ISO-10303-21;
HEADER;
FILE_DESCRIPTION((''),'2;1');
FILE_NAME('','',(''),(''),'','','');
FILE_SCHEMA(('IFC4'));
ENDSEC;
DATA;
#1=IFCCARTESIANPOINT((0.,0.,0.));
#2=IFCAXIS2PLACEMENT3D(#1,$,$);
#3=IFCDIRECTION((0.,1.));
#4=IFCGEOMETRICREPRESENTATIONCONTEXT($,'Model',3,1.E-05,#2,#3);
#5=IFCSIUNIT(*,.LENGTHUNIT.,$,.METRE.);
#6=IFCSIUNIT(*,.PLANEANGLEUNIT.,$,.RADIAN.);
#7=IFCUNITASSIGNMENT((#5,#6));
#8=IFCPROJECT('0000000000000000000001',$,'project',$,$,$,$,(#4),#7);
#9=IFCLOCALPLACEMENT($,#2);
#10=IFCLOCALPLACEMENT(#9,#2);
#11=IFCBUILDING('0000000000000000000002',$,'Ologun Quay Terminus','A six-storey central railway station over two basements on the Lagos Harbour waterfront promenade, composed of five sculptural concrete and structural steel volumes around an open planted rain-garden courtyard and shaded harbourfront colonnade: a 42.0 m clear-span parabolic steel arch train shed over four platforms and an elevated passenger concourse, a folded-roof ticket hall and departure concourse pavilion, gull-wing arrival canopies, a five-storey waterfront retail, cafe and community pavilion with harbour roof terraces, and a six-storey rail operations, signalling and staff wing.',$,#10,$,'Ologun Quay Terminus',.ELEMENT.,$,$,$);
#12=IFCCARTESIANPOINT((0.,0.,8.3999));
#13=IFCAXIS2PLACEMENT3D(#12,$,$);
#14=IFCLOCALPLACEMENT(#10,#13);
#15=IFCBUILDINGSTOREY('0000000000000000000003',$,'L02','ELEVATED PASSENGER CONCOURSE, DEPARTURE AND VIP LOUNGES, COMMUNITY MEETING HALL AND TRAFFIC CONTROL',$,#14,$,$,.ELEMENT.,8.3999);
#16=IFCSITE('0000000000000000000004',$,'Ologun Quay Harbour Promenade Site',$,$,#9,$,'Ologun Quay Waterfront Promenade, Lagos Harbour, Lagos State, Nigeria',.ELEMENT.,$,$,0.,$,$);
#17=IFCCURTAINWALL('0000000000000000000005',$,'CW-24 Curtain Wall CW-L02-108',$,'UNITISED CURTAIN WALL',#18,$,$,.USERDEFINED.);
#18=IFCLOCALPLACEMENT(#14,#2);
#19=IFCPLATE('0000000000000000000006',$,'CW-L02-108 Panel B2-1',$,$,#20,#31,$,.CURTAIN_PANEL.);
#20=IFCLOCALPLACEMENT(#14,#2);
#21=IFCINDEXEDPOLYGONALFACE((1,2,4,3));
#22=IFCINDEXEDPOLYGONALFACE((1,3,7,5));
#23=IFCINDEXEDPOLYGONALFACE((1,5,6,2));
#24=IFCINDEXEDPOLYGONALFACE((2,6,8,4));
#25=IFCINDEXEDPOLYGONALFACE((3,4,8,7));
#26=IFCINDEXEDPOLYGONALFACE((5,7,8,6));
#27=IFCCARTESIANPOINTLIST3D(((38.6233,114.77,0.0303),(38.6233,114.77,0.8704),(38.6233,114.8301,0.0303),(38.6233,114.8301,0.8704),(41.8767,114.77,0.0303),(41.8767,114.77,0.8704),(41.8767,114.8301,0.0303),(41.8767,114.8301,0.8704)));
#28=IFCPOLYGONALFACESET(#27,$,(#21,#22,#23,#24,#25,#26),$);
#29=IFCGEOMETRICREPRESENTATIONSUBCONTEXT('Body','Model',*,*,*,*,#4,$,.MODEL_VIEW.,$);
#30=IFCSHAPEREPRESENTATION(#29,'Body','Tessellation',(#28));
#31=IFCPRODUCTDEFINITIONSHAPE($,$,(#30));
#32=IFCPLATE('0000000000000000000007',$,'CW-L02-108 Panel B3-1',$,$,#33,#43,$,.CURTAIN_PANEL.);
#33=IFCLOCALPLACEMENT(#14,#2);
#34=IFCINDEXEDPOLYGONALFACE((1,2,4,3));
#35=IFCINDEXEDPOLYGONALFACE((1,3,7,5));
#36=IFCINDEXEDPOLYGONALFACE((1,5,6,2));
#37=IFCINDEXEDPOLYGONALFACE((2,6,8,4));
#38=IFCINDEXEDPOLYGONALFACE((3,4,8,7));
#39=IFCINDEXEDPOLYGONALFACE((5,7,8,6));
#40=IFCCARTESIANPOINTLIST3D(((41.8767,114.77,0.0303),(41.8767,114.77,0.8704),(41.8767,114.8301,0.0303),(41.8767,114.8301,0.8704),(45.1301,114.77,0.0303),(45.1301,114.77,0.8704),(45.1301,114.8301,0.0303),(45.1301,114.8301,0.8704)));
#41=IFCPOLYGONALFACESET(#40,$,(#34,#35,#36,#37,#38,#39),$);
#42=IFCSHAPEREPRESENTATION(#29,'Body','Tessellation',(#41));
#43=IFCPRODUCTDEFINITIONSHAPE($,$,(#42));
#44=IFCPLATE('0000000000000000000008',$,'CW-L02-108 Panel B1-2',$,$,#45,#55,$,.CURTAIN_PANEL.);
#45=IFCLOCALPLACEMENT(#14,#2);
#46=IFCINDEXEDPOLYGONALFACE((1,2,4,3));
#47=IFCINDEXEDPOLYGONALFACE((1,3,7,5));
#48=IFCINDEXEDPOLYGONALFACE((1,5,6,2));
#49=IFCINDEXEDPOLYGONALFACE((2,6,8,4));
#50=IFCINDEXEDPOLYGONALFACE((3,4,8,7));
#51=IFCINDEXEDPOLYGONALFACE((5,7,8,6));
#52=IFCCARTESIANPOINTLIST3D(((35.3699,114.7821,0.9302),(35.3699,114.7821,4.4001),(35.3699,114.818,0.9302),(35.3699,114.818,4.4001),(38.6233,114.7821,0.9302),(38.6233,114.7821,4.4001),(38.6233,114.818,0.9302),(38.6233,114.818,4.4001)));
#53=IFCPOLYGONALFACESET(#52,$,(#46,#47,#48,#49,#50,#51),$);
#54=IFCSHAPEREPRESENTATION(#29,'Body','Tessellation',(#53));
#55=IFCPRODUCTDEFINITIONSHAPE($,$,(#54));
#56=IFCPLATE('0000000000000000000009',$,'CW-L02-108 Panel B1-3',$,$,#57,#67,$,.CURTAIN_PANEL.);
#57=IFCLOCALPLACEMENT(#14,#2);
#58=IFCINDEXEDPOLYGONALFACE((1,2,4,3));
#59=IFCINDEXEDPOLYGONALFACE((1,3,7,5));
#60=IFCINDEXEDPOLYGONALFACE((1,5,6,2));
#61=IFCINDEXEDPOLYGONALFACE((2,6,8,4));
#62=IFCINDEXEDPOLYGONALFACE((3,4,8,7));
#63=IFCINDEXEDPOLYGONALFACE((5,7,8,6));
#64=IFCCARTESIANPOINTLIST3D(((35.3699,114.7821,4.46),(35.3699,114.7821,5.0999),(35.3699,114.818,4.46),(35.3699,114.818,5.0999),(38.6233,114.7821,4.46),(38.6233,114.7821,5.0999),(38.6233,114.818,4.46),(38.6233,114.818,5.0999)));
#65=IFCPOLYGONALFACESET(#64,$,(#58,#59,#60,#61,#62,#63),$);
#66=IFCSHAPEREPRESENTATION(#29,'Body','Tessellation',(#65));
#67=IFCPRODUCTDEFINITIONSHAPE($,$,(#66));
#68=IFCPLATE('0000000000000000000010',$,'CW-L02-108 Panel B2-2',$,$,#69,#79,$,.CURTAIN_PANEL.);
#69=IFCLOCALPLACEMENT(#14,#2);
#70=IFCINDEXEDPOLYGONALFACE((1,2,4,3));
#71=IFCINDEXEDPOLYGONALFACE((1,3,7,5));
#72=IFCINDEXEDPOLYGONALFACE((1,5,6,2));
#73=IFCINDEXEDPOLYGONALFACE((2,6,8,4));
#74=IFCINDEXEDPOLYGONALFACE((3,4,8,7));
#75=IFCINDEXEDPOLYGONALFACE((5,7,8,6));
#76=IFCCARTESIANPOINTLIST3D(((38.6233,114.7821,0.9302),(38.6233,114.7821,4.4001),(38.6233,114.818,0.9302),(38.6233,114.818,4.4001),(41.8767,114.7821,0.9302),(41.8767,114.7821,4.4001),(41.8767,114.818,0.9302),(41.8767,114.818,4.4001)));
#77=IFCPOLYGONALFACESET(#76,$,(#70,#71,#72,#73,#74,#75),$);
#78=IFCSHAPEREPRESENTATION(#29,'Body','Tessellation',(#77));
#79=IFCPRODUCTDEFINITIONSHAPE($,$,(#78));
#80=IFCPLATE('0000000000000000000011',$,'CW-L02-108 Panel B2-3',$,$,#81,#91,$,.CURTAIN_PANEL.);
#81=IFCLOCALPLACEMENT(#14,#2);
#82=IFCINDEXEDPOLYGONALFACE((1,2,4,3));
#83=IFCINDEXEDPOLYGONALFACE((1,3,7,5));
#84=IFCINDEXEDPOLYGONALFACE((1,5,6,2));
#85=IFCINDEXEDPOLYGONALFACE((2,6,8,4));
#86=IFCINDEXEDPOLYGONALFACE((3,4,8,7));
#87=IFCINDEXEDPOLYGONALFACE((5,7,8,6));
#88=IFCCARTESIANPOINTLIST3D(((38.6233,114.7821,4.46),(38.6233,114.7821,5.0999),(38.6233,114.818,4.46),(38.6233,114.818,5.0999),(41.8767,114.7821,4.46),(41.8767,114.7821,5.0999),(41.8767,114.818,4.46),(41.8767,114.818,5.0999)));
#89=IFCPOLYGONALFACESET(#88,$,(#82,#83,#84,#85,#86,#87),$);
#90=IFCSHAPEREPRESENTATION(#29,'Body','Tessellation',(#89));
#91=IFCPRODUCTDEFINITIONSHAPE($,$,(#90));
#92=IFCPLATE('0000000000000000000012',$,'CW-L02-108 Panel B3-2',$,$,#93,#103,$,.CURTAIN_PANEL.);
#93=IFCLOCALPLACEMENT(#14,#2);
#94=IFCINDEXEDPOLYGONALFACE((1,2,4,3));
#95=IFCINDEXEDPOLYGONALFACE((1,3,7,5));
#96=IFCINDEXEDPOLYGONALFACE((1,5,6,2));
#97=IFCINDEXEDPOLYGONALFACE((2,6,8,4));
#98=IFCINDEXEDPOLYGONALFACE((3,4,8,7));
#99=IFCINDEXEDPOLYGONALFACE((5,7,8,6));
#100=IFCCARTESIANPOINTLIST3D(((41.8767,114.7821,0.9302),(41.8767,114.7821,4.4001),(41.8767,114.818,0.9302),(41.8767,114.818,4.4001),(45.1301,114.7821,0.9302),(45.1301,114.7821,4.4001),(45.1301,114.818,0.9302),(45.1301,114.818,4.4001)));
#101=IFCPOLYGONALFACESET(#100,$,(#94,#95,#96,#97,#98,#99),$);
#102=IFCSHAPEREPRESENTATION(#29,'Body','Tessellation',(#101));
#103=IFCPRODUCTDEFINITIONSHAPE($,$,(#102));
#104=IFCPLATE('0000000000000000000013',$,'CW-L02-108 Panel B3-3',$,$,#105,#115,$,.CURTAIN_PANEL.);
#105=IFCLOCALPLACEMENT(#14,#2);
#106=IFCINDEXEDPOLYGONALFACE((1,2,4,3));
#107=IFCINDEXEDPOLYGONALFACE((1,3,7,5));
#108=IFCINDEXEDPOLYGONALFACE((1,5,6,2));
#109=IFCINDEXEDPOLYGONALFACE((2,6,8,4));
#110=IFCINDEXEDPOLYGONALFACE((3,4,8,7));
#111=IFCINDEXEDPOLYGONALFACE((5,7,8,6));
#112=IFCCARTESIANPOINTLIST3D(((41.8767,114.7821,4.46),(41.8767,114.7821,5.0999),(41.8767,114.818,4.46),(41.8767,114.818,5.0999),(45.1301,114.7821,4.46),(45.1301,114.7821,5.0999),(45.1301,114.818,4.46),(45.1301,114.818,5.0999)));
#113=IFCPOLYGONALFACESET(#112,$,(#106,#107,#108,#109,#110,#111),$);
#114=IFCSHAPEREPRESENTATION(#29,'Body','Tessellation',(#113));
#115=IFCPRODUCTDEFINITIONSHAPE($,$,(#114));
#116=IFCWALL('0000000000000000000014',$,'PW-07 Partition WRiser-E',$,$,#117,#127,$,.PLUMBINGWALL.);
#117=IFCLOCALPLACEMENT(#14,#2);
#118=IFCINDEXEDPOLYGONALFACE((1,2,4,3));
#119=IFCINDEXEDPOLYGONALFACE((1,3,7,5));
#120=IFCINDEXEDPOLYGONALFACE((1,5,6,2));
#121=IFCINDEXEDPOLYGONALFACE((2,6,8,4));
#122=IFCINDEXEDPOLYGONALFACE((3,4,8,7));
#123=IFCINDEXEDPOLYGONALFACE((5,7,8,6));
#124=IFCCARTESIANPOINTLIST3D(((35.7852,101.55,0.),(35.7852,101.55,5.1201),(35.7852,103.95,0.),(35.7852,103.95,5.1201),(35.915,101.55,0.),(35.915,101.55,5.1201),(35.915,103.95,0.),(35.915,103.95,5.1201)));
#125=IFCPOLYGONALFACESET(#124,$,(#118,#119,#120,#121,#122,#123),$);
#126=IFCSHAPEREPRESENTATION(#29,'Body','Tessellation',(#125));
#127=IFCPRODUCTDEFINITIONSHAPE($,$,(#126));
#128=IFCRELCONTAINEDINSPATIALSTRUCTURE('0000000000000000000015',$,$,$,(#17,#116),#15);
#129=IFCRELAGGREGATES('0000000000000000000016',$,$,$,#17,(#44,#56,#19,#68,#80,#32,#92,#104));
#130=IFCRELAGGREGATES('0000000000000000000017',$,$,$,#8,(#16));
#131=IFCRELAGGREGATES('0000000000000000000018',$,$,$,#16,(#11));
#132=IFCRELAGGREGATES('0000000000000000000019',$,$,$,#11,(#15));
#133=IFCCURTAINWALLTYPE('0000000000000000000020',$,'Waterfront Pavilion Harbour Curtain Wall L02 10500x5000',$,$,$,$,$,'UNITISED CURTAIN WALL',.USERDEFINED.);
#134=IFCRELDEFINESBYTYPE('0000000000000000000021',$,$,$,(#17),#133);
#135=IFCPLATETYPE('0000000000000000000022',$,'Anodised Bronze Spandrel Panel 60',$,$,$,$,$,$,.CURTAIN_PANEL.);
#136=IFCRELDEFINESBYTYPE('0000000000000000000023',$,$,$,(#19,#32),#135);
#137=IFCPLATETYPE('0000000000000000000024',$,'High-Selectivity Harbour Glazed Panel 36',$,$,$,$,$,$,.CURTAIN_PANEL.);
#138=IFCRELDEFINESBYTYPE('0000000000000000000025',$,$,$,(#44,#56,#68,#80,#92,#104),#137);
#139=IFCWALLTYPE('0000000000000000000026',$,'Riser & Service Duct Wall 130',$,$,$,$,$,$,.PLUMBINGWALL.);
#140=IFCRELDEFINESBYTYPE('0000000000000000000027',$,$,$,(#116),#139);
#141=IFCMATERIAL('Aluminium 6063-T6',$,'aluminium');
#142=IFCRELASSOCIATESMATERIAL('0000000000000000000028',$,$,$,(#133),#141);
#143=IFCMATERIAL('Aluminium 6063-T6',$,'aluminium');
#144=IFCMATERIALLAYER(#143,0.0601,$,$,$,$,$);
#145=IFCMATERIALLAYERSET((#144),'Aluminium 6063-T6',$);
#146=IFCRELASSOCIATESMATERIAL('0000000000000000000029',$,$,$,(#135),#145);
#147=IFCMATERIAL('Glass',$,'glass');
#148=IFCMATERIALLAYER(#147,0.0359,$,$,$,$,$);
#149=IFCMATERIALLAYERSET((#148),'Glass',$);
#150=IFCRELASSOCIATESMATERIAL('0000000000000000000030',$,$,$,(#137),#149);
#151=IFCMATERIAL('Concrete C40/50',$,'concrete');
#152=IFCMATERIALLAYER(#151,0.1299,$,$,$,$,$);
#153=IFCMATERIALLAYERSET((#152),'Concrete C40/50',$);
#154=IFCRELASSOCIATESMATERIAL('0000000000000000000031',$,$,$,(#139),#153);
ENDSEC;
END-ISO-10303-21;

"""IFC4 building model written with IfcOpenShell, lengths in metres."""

from ifc_helpers import new_model, si_unit, direction, frame, frame_2d, origin, origin_2d, place, context, subcontext, project, spatial, rectangle, extrude, material, layer, layer_set, type_object, element, aggregate, save


model = new_model("IFC4")

# Units and contexts
model_context = context("Model", 3, precision=1e-05, world=origin(), true_north=direction((0.0, 1.0)))
body_context = subcontext(model_context, "Body", "Model", "MODEL_VIEW")
ifc_project = project(units=[si_unit("LENGTHUNIT", "METRE"), si_unit("PLANEANGLEUNIT", "RADIAN")], contexts=[model_context])

# Site, building, storey
site_placement = place(None, origin())
site = spatial("IfcSite", under=ifc_project, at=site_placement, Name="Ologun Quay Harbour Promenade Site", LongName="Ologun Quay Waterfront Promenade, Lagos Harbour, Lagos State, Nigeria", CompositionType="ELEMENT", RefElevation=0.0)
building_placement = place(site_placement, origin())
building = spatial("IfcBuilding", under=site, at=building_placement, Name="Ologun Quay Terminus", Description="A six-storey central railway station over two basements on the Lagos Harbour waterfront promenade, composed of five sculptural concrete and structural steel volumes around an open planted rain-garden courtyard and shaded harbourfront colonnade: a 42.0 m clear-span parabolic steel arch train shed over four platforms and an elevated passenger concourse, a folded-roof ticket hall and departure concourse pavilion, gull-wing arrival canopies, a five-storey waterfront retail, cafe and community pavilion with harbour roof terraces, and a six-storey rail operations, signalling and staff wing.", LongName="Ologun Quay Terminus", CompositionType="ELEMENT")
storey_placement = place(building_placement, frame((0.0, 0.0, 8.3999)))
storey = spatial("IfcBuildingStorey", under=building, at=storey_placement, Name="L02", Description="ELEVATED PASSENGER CONCOURSE, DEPARTURE AND VIP LOUNGES, COMMUNITY MEETING HALL AND TRAFFIC CONTROL", CompositionType="ELEMENT", Elevation=8.3999)

# Curtain wall, plates
ifc_material_1 = material(Name="Aluminium 6063-T6", Category="aluminium")
curtain_wall_type = type_object("IfcCurtainWallType", Name="Waterfront Pavilion Harbour Curtain Wall L02 10500x5000", ElementType="UNITISED CURTAIN WALL", PredefinedType="USERDEFINED", material=ifc_material_1)
curtain_wall_placement = place(storey_placement, origin())
curtain_wall = element("IfcCurtainWall", 1, at=curtain_wall_placement, inside=storey, type_object=curtain_wall_type, Name="CW-24 Curtain Wall CW-L02-108", ObjectType="UNITISED CURTAIN WALL", PredefinedType="USERDEFINED")
ifc_material_2 = material(Name="Aluminium 6063-T6", Category="aluminium")
ifc_layer_1 = layer(ifc_material_2, 0.0601)
ifc_layer_set_1 = layer_set([ifc_layer_1], Name="Aluminium 6063-T6")
plate_type_1 = type_object("IfcPlateType", Name="Anodised Bronze Spandrel Panel 60", PredefinedType="CURTAIN_PANEL", material=ifc_layer_set_1)
plate_1_placement = place(storey_placement, frame((40.25, 114.8, 0.0303), z_axis=(0.0, 0.0, 1.0), x_axis=(1.0, 0.0, 0.0)))
plate_1 = element("IfcPlate", 2, at=plate_1_placement, type_object=plate_type_1, Name="CW-L02-108 Panel B2-1", PredefinedType="CURTAIN_PANEL", context=body_context, shape_type="SweptSolid", body=[
    extrude(rectangle(XDim=3.2534, YDim=0.0601, at=origin_2d()), origin(), (0.0, 0.0, 1.0), 0.8401),
])
plate_2_placement = place(storey_placement, frame((43.5034, 114.8, 0.0303), z_axis=(0.0, 0.0, 1.0), x_axis=(1.0, 0.0, 0.0)))
plate_2 = element("IfcPlate", 3, at=plate_2_placement, type_object=plate_type_1, Name="CW-L02-108 Panel B3-1", PredefinedType="CURTAIN_PANEL", context=body_context, shape_type="SweptSolid", body=[
    extrude(rectangle(XDim=3.2534, YDim=0.0601, at=origin_2d()), origin(), (0.0, 0.0, 1.0), 0.8401),
])
ifc_material_3 = material(Name="Glass", Category="glass")
ifc_layer_2 = layer(ifc_material_3, 0.0359)
ifc_layer_set_2 = layer_set([ifc_layer_2], Name="Glass")
plate_type_2 = type_object("IfcPlateType", Name="High-Selectivity Harbour Glazed Panel 36", PredefinedType="CURTAIN_PANEL", material=ifc_layer_set_2)
plate_3_placement = place(storey_placement, frame((36.9966, 114.8, 0.9302), z_axis=(0.0, 0.0, 1.0), x_axis=(1.0, 0.0, 0.0)))
plate_3 = element("IfcPlate", 4, at=plate_3_placement, type_object=plate_type_2, Name="CW-L02-108 Panel B1-2", PredefinedType="CURTAIN_PANEL", context=body_context, shape_type="SweptSolid", body=[
    extrude(rectangle(XDim=3.2534, YDim=0.0359, at=origin_2d()), origin(), (0.0, 0.0, 1.0), 3.47),
])
plate_4_placement = place(storey_placement, frame((36.9966, 114.8, 4.46), z_axis=(0.0, 0.0, 1.0), x_axis=(1.0, 0.0, 0.0)))
plate_4 = element("IfcPlate", 5, at=plate_4_placement, type_object=plate_type_2, Name="CW-L02-108 Panel B1-3", PredefinedType="CURTAIN_PANEL", context=body_context, shape_type="SweptSolid", body=[
    extrude(rectangle(XDim=3.2534, YDim=0.0359, at=origin_2d()), origin(), (0.0, 0.0, 1.0), 0.6399),
])
plate_5_placement = place(storey_placement, frame((40.25, 114.8, 0.9302), z_axis=(0.0, 0.0, 1.0), x_axis=(1.0, 0.0, 0.0)))
plate_5 = element("IfcPlate", 6, at=plate_5_placement, type_object=plate_type_2, Name="CW-L02-108 Panel B2-2", PredefinedType="CURTAIN_PANEL", context=body_context, shape_type="SweptSolid", body=[
    extrude(rectangle(XDim=3.2534, YDim=0.0359, at=origin_2d()), origin(), (0.0, 0.0, 1.0), 3.47),
])
plate_6_placement = place(storey_placement, frame((40.25, 114.8, 4.46), z_axis=(0.0, 0.0, 1.0), x_axis=(1.0, 0.0, 0.0)))
plate_6 = element("IfcPlate", 7, at=plate_6_placement, type_object=plate_type_2, Name="CW-L02-108 Panel B2-3", PredefinedType="CURTAIN_PANEL", context=body_context, shape_type="SweptSolid", body=[
    extrude(rectangle(XDim=3.2534, YDim=0.0359, at=origin_2d()), origin(), (0.0, 0.0, 1.0), 0.6399),
])
plate_7_placement = place(storey_placement, frame((43.5034, 114.8, 0.9302), z_axis=(0.0, 0.0, 1.0), x_axis=(1.0, 0.0, 0.0)))
plate_7 = element("IfcPlate", 8, at=plate_7_placement, type_object=plate_type_2, Name="CW-L02-108 Panel B3-2", PredefinedType="CURTAIN_PANEL", context=body_context, shape_type="SweptSolid", body=[
    extrude(rectangle(XDim=3.2534, YDim=0.0359, at=origin_2d()), origin(), (0.0, 0.0, 1.0), 3.47),
])
plate_8_placement = place(storey_placement, frame((43.5034, 114.8, 4.46), z_axis=(0.0, 0.0, 1.0), x_axis=(1.0, 0.0, 0.0)))
plate_8 = element("IfcPlate", 9, at=plate_8_placement, type_object=plate_type_2, Name="CW-L02-108 Panel B3-3", PredefinedType="CURTAIN_PANEL", context=body_context, shape_type="SweptSolid", body=[
    extrude(rectangle(XDim=3.2534, YDim=0.0359, at=origin_2d()), origin(), (0.0, 0.0, 1.0), 0.6399),
])
aggregate(curtain_wall, [plate_3, plate_4, plate_1, plate_5, plate_6, plate_2, plate_7, plate_8])

# Wall
ifc_material_4 = material(Name="Concrete C40/50", Category="concrete")
ifc_layer_3 = layer(ifc_material_4, 0.1299)
ifc_layer_set_3 = layer_set([ifc_layer_3], Name="Concrete C40/50")
wall_type = type_object("IfcWallType", Name="Riser & Service Duct Wall 130", PredefinedType="PLUMBINGWALL", material=ifc_layer_set_3)
wall_placement = place(storey_placement, frame((35.8501, 101.55, 0.0), z_axis=(0.0, 0.0, 1.0), x_axis=(0.0, 1.0, 0.0)))
element("IfcWall", 10, at=wall_placement, inside=storey, type_object=wall_type, Name="PW-07 Partition WRiser-E", PredefinedType="PLUMBINGWALL", context=body_context, shape_type="SweptSolid", body=[
    extrude(rectangle(XDim=2.3999, YDim=0.1299, at=frame_2d((1.2, 0.0))), origin(), (0.0, 0.0, 1.0), 5.1201),
])

save(model, "model.ifc")
